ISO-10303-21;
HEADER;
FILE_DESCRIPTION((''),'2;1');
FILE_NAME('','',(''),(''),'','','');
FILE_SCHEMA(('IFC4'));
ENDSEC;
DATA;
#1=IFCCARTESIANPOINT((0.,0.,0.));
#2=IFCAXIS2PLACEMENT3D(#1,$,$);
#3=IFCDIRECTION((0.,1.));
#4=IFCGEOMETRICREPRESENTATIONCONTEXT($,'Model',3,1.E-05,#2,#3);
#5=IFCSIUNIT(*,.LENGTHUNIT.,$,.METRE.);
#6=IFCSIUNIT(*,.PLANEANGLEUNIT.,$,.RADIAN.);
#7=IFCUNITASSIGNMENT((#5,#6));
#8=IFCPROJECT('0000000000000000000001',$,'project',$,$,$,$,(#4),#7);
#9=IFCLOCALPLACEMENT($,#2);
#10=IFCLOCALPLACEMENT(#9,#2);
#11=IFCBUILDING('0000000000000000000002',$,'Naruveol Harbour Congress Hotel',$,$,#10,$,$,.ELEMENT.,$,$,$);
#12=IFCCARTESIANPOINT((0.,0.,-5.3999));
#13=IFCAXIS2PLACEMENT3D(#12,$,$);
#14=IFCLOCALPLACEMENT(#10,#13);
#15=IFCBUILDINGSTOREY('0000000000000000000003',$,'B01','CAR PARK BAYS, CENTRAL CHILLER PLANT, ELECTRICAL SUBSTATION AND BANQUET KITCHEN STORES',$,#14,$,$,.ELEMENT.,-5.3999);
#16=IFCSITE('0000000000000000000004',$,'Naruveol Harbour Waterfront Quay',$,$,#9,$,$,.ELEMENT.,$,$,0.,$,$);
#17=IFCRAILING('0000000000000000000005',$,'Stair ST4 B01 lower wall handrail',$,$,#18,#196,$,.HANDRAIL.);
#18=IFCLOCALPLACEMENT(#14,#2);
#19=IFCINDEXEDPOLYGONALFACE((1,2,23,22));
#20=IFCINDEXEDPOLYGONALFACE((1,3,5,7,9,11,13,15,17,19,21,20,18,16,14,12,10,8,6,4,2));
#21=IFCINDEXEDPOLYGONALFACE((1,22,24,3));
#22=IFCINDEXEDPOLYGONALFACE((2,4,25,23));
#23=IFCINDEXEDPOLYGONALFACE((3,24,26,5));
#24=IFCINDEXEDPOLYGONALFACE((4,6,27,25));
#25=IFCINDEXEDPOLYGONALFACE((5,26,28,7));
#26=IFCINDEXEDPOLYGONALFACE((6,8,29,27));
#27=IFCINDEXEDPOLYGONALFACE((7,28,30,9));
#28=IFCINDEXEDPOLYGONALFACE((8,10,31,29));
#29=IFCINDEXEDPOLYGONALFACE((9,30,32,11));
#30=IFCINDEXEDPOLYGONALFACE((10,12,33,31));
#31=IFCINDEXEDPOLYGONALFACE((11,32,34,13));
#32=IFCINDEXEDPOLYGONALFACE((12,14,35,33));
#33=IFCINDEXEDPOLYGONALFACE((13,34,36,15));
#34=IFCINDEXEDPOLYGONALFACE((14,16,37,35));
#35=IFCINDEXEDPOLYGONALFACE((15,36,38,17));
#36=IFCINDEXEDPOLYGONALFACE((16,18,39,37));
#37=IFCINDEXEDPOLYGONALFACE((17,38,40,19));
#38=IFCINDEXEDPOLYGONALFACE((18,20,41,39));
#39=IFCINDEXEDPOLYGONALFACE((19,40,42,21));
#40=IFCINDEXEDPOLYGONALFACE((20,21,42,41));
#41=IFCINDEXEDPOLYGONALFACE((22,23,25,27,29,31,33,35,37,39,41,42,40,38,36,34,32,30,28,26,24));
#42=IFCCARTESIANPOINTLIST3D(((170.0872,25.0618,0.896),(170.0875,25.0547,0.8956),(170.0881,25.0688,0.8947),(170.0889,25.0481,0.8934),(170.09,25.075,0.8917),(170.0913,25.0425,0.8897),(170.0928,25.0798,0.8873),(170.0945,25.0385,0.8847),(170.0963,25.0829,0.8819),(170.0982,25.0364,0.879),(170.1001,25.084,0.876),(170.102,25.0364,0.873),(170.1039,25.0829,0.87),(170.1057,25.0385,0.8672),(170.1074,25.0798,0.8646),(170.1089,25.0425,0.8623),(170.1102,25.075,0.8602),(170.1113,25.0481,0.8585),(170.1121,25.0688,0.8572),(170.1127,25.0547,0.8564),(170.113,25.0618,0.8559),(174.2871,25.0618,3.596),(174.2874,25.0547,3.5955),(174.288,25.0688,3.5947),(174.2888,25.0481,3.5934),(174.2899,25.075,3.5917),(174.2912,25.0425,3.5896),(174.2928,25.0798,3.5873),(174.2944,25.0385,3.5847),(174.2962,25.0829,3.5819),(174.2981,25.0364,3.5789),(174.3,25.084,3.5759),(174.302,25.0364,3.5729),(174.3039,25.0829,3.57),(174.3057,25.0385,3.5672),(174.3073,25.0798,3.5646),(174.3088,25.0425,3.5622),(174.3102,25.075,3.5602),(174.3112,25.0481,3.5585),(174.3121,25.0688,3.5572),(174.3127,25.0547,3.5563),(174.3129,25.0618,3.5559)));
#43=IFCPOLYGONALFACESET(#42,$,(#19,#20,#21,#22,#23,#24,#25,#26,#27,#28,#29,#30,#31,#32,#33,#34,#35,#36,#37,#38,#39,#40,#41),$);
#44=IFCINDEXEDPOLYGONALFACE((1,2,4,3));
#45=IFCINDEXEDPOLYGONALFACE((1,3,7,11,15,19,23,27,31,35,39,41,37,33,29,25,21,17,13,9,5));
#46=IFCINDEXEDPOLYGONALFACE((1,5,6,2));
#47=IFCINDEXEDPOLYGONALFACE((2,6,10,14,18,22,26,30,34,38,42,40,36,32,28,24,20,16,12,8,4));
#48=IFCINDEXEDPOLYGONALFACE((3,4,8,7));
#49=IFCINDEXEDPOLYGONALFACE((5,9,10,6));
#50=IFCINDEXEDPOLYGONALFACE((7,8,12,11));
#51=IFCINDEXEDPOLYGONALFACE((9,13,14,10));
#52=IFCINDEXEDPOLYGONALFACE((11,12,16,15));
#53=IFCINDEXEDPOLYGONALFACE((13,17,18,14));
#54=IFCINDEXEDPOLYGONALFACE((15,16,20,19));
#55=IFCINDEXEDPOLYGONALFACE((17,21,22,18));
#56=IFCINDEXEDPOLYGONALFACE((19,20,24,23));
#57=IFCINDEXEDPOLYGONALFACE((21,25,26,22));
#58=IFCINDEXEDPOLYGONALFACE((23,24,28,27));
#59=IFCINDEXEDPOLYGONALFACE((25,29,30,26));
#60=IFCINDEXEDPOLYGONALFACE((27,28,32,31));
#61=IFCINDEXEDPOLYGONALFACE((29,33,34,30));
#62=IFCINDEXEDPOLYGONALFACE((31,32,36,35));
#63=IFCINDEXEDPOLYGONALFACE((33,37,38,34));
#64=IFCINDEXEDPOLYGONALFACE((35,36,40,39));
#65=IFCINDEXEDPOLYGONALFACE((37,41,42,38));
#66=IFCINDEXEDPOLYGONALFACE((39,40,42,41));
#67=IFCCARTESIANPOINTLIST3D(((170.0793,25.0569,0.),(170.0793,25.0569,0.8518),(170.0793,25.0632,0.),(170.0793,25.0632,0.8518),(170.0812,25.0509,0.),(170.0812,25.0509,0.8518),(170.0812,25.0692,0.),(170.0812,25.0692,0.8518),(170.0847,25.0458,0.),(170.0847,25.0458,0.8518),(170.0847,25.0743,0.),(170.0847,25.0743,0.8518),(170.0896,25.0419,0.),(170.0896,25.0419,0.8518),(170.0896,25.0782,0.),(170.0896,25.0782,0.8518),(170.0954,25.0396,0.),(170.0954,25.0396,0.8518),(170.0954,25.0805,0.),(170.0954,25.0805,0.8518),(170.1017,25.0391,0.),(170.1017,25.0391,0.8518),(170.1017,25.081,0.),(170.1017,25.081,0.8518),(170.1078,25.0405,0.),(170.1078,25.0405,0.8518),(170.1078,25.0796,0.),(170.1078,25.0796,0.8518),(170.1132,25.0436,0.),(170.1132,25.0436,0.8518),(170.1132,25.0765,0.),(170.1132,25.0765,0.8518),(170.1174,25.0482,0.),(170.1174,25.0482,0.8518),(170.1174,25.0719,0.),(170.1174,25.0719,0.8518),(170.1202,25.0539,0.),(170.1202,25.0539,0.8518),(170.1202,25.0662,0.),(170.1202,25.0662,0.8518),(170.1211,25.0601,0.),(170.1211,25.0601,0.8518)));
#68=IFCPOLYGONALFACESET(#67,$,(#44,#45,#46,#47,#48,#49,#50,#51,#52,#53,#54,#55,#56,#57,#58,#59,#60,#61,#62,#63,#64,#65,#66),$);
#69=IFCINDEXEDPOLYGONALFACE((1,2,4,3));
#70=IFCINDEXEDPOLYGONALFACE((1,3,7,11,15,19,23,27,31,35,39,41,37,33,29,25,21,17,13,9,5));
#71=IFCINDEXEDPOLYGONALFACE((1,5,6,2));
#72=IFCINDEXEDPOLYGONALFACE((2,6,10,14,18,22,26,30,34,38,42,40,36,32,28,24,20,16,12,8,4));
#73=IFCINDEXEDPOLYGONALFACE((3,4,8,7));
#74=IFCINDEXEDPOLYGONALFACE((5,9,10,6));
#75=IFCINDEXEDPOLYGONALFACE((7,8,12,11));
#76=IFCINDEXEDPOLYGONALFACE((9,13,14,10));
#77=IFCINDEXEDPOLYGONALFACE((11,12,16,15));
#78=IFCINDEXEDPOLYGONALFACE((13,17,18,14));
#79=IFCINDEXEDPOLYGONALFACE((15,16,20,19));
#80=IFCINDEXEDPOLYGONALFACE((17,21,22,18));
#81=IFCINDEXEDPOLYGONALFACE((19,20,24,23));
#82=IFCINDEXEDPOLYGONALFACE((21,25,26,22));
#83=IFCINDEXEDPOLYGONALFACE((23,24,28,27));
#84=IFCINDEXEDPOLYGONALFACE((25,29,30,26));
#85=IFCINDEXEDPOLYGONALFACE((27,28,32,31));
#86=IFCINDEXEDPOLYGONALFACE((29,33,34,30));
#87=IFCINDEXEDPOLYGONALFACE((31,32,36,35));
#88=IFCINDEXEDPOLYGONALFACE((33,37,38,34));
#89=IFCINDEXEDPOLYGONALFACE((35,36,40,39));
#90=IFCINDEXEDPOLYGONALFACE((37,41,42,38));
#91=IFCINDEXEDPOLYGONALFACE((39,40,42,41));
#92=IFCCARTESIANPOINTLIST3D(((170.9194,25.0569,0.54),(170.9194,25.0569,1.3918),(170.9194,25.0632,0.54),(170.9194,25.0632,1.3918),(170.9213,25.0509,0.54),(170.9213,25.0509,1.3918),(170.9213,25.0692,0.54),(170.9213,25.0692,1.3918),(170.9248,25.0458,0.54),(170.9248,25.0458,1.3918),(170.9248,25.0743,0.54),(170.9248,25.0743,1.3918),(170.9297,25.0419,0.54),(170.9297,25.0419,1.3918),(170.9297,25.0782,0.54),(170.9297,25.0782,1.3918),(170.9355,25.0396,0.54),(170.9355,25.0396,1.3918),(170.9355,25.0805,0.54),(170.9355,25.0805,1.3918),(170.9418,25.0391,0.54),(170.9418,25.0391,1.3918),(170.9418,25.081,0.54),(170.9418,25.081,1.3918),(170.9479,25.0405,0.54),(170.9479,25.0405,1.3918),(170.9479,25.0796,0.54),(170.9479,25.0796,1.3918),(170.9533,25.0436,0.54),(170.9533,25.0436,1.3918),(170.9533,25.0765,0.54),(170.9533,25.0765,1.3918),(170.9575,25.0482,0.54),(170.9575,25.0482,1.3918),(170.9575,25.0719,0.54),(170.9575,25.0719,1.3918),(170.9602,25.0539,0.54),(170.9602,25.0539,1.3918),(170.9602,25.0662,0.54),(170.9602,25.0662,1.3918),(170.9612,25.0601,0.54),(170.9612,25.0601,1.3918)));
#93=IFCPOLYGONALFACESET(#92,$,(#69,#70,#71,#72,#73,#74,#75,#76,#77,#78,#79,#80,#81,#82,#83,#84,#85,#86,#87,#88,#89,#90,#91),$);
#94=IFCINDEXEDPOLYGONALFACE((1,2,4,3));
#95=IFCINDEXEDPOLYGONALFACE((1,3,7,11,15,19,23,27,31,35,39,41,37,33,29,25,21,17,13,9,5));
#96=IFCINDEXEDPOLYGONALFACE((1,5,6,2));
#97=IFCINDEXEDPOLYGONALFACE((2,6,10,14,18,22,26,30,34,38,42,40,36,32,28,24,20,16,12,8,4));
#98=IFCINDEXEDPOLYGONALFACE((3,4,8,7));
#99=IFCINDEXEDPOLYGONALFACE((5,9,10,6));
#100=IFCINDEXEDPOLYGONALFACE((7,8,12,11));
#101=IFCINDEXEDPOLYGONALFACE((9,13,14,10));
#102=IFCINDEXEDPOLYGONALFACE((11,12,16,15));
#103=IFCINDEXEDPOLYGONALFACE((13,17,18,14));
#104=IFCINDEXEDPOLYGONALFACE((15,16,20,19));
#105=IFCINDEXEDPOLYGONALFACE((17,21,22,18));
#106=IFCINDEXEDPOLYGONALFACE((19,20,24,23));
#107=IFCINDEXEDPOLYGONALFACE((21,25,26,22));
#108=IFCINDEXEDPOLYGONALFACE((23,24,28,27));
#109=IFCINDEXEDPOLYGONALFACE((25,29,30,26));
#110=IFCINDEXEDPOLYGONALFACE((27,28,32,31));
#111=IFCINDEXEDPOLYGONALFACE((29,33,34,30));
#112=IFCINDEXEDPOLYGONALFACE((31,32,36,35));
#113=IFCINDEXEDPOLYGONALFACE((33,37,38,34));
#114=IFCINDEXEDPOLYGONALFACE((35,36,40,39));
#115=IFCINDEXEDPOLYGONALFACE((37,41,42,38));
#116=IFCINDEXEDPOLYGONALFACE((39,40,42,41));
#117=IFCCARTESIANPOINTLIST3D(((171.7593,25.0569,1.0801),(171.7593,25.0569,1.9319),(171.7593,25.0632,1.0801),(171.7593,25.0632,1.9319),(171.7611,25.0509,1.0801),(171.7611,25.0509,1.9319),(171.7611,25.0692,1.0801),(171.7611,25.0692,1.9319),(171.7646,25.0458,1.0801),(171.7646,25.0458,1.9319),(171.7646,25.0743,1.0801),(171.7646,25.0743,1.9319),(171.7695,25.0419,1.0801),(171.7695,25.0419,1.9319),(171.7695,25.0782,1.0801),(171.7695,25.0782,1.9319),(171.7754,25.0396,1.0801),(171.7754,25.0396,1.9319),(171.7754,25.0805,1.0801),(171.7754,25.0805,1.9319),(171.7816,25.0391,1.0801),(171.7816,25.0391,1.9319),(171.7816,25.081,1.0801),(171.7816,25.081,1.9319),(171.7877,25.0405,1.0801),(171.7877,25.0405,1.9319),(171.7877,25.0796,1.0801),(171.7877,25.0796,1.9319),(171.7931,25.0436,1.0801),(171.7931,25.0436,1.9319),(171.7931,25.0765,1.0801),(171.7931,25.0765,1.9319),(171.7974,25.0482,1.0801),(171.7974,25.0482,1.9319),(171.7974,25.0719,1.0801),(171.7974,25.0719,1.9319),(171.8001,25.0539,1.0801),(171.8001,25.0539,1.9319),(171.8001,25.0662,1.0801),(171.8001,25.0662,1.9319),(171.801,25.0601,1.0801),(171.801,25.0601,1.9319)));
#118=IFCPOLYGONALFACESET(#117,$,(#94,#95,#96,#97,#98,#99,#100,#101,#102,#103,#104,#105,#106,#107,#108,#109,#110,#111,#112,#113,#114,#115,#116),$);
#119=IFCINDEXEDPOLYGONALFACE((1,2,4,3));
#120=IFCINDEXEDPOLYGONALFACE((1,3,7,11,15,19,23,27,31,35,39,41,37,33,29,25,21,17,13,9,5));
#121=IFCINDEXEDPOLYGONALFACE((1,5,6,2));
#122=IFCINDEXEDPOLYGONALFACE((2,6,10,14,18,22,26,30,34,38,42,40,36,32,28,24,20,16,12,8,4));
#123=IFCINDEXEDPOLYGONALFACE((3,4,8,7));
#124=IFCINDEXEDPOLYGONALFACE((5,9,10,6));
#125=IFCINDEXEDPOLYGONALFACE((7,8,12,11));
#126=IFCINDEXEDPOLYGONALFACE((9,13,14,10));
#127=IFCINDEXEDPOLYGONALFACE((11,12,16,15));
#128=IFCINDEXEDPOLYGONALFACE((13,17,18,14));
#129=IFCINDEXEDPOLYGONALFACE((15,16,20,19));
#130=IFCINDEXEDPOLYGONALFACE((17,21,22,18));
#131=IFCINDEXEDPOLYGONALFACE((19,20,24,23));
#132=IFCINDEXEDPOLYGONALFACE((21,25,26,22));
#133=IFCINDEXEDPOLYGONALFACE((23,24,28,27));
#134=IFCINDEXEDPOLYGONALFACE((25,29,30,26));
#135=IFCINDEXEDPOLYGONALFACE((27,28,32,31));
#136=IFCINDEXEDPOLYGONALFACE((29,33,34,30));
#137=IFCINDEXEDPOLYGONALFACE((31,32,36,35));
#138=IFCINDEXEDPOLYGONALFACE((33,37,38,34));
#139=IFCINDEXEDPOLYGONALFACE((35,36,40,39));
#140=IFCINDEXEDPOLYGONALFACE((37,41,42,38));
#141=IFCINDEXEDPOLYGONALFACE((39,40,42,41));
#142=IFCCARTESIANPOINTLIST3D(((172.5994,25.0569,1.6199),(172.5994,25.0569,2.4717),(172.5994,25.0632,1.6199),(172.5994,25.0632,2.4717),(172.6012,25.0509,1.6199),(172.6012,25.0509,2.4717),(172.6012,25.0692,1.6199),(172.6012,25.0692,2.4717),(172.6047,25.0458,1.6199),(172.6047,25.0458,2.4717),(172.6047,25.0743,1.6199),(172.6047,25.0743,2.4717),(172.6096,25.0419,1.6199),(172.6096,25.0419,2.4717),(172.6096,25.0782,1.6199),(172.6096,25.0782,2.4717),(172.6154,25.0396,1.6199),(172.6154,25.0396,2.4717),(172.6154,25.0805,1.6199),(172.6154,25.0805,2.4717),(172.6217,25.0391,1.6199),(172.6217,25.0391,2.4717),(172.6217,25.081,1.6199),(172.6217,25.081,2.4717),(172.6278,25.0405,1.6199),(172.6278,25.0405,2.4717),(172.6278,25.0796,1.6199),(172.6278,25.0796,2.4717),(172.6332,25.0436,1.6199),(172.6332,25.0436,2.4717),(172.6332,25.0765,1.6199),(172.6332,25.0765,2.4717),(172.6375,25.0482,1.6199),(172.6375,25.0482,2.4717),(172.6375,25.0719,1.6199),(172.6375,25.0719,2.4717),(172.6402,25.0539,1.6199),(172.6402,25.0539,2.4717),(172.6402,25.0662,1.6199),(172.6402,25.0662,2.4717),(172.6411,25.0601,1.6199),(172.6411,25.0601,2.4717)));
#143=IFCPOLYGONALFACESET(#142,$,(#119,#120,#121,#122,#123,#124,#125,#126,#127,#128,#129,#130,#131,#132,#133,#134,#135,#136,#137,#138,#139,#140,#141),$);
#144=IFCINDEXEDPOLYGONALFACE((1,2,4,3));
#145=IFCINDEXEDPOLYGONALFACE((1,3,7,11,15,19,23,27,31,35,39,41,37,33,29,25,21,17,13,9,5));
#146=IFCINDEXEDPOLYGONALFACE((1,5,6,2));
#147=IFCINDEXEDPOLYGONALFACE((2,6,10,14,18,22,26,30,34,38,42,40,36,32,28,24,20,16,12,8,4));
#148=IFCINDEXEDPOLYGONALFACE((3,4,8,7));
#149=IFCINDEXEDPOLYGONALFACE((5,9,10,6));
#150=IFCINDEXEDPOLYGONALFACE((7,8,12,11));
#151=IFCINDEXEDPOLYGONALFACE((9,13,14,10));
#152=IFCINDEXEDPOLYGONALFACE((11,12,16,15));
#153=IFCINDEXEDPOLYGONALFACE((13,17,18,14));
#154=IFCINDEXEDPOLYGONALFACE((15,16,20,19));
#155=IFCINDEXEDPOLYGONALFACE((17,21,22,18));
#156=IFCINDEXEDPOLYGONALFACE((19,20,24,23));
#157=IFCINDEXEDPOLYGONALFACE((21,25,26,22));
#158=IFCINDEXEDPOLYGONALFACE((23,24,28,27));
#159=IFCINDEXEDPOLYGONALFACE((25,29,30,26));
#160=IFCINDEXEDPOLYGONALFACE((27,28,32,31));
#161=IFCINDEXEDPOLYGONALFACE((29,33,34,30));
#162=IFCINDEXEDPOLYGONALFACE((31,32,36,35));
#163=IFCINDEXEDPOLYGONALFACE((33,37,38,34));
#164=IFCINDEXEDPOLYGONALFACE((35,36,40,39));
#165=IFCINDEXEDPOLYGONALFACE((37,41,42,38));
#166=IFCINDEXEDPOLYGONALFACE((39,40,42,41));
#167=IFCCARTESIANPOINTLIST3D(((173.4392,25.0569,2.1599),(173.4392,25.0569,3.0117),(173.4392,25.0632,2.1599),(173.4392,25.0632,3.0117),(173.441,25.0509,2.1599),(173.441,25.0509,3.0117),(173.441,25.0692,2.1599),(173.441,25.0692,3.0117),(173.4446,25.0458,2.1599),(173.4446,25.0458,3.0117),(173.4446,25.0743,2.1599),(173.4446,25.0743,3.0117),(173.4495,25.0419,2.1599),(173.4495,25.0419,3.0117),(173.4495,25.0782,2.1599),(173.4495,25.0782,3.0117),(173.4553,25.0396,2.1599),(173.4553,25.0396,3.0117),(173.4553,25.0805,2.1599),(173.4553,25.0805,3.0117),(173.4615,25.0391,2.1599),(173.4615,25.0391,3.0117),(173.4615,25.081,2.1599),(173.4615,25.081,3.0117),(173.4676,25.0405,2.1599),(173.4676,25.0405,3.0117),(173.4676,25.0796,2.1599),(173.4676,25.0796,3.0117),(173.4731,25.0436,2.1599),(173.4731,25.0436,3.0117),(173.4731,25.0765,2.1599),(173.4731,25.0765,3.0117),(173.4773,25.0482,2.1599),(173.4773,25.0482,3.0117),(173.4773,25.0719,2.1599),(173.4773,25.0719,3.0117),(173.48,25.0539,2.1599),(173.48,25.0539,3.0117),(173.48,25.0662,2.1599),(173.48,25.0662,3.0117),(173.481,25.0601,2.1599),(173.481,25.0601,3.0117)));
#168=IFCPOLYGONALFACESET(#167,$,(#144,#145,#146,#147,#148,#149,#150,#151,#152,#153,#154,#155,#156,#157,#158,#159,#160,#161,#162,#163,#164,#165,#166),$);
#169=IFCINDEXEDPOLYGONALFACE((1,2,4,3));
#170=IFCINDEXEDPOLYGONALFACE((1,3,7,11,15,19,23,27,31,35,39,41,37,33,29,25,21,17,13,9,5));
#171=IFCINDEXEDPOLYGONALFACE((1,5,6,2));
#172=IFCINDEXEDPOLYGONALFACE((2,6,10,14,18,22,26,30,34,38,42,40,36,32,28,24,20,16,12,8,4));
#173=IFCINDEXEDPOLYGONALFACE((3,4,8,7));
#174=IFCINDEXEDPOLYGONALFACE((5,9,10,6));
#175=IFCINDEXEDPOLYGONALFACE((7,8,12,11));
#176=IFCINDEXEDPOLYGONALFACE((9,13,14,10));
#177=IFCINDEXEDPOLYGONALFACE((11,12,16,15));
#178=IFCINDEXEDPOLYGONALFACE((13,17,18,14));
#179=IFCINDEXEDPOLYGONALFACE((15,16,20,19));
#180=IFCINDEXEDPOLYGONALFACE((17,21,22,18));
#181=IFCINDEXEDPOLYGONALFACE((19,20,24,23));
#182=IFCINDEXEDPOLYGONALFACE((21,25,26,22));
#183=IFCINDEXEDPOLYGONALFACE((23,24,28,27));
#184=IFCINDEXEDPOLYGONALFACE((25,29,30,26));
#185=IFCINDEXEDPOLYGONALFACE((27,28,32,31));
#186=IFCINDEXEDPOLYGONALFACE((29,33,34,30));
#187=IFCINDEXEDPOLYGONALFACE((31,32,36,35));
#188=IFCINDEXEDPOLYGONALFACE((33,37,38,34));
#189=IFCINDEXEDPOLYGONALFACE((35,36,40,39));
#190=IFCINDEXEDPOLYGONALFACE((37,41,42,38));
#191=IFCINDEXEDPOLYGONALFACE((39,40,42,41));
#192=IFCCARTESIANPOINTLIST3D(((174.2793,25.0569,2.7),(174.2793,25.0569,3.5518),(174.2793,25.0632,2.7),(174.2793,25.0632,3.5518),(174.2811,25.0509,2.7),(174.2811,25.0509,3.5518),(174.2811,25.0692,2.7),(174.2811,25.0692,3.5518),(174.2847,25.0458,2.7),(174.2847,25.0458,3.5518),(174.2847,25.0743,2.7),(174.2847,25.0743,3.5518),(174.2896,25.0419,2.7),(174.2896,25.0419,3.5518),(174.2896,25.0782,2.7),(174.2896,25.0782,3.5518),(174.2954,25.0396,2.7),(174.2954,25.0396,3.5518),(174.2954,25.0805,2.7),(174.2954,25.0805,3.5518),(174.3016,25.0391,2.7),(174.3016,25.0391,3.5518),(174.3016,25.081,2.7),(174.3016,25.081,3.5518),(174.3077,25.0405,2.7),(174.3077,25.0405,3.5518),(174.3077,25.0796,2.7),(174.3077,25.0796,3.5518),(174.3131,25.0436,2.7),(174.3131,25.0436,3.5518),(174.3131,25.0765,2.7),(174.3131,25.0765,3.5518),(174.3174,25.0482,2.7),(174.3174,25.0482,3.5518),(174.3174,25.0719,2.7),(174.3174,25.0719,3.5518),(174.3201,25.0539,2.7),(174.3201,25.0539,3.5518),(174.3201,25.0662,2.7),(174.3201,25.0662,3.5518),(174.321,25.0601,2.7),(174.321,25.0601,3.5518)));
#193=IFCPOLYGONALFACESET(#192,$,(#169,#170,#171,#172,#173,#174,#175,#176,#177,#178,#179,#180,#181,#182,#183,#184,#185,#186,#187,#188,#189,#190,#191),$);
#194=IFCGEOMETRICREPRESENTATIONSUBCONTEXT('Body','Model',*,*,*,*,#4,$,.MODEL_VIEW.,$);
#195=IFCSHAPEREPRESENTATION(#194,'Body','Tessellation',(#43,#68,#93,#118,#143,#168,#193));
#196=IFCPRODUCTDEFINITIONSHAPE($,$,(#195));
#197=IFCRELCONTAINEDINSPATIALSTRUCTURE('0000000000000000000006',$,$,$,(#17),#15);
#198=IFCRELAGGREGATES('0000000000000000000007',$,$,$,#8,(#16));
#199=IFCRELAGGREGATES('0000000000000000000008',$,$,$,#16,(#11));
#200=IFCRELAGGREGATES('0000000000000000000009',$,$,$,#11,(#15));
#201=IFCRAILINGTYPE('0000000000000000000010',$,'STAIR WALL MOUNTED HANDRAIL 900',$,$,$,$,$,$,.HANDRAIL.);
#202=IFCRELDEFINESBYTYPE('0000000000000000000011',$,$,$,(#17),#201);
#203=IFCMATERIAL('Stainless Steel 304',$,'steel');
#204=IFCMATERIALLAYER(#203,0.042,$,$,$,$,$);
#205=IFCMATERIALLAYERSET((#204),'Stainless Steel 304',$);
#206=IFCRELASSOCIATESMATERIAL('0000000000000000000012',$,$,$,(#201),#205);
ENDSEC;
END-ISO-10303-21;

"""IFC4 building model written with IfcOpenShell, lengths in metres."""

from ifc_helpers import new_model, si_unit, direction, frame, origin, origin_2d, place, context, subcontext, project, spatial, circle, extrude, material, layer, layer_set, type_object, element, save


model = new_model("IFC4")

# Units and contexts
model_context = context("Model", 3, precision=1e-05, world=origin(), true_north=direction((0.0, 1.0)))
body_context = subcontext(model_context, "Body", "Model", "MODEL_VIEW")
ifc_project = project(units=[si_unit("LENGTHUNIT", "METRE"), si_unit("PLANEANGLEUNIT", "RADIAN")], contexts=[model_context])

# Site, building, storey
site_placement = place(None, origin())
site = spatial("IfcSite", under=ifc_project, at=site_placement, Name="Naruveol Harbour Waterfront Quay", CompositionType="ELEMENT", RefElevation=0.0)
building_placement = place(site_placement, origin())
building = spatial("IfcBuilding", under=site, at=building_placement, Name="Naruveol Harbour Congress Hotel", CompositionType="ELEMENT")
storey_placement = place(building_placement, frame((0.0, 0.0, -5.3999)))
storey = spatial("IfcBuildingStorey", under=building, at=storey_placement, Name="B01", Description="CAR PARK BAYS, CENTRAL CHILLER PLANT, ELECTRICAL SUBSTATION AND BANQUET KITCHEN STORES", CompositionType="ELEMENT", Elevation=-5.3999)

# Railing
ifc_material_1 = material(Name="Stainless Steel 304", Category="steel")
ifc_layer_1 = layer(ifc_material_1, 0.042)
ifc_layer_set_1 = layer_set([ifc_layer_1], Name="Stainless Steel 304")
railing_type_1 = type_object("IfcRailingType", Name="STAIR WALL MOUNTED HANDRAIL 900", PredefinedType="HANDRAIL", material=ifc_layer_set_1)
railing_1_placement = place(storey_placement, frame((170.1001, 25.0601, 0.0)))
element("IfcRailing", 1, at=railing_1_placement, inside=storey, type_object=railing_type_1, Name="Stair ST4 B01 lower wall handrail", PredefinedType="HANDRAIL", context=body_context, shape_type="SweptSolid", body=[
    extrude(circle(Radius=0.0239, at=origin_2d()), frame((0.0, 0.0, 0.876), z_axis=(0.84118, 0.0, 0.540755), x_axis=(0.0, 1.0, 0.0)), (0.0, 0.0, 1.0), 4.9929),
    extrude(circle(Radius=0.021, at=origin_2d()), origin(), (0.0, 0.0, 1.0), 0.8518),
    extrude(circle(Radius=0.021, at=origin_2d()), frame((0.8401, 0.0, 0.54)), (0.0, 0.0, 1.0), 0.8518),
    extrude(circle(Radius=0.021, at=origin_2d()), frame((1.6799, 0.0, 1.0801)), (0.0, 0.0, 1.0), 0.8518),
    extrude(circle(Radius=0.021, at=origin_2d()), frame((2.52, 0.0, 1.6199)), (0.0, 0.0, 1.0), 0.8518),
    extrude(circle(Radius=0.021, at=origin_2d()), frame((3.3599, 0.0, 2.1599)), (0.0, 0.0, 1.0), 0.8518),
    extrude(circle(Radius=0.021, at=origin_2d()), frame((4.2, 0.0, 2.7)), (0.0, 0.0, 1.0), 0.8518),
])

save(model, "model.ifc")
